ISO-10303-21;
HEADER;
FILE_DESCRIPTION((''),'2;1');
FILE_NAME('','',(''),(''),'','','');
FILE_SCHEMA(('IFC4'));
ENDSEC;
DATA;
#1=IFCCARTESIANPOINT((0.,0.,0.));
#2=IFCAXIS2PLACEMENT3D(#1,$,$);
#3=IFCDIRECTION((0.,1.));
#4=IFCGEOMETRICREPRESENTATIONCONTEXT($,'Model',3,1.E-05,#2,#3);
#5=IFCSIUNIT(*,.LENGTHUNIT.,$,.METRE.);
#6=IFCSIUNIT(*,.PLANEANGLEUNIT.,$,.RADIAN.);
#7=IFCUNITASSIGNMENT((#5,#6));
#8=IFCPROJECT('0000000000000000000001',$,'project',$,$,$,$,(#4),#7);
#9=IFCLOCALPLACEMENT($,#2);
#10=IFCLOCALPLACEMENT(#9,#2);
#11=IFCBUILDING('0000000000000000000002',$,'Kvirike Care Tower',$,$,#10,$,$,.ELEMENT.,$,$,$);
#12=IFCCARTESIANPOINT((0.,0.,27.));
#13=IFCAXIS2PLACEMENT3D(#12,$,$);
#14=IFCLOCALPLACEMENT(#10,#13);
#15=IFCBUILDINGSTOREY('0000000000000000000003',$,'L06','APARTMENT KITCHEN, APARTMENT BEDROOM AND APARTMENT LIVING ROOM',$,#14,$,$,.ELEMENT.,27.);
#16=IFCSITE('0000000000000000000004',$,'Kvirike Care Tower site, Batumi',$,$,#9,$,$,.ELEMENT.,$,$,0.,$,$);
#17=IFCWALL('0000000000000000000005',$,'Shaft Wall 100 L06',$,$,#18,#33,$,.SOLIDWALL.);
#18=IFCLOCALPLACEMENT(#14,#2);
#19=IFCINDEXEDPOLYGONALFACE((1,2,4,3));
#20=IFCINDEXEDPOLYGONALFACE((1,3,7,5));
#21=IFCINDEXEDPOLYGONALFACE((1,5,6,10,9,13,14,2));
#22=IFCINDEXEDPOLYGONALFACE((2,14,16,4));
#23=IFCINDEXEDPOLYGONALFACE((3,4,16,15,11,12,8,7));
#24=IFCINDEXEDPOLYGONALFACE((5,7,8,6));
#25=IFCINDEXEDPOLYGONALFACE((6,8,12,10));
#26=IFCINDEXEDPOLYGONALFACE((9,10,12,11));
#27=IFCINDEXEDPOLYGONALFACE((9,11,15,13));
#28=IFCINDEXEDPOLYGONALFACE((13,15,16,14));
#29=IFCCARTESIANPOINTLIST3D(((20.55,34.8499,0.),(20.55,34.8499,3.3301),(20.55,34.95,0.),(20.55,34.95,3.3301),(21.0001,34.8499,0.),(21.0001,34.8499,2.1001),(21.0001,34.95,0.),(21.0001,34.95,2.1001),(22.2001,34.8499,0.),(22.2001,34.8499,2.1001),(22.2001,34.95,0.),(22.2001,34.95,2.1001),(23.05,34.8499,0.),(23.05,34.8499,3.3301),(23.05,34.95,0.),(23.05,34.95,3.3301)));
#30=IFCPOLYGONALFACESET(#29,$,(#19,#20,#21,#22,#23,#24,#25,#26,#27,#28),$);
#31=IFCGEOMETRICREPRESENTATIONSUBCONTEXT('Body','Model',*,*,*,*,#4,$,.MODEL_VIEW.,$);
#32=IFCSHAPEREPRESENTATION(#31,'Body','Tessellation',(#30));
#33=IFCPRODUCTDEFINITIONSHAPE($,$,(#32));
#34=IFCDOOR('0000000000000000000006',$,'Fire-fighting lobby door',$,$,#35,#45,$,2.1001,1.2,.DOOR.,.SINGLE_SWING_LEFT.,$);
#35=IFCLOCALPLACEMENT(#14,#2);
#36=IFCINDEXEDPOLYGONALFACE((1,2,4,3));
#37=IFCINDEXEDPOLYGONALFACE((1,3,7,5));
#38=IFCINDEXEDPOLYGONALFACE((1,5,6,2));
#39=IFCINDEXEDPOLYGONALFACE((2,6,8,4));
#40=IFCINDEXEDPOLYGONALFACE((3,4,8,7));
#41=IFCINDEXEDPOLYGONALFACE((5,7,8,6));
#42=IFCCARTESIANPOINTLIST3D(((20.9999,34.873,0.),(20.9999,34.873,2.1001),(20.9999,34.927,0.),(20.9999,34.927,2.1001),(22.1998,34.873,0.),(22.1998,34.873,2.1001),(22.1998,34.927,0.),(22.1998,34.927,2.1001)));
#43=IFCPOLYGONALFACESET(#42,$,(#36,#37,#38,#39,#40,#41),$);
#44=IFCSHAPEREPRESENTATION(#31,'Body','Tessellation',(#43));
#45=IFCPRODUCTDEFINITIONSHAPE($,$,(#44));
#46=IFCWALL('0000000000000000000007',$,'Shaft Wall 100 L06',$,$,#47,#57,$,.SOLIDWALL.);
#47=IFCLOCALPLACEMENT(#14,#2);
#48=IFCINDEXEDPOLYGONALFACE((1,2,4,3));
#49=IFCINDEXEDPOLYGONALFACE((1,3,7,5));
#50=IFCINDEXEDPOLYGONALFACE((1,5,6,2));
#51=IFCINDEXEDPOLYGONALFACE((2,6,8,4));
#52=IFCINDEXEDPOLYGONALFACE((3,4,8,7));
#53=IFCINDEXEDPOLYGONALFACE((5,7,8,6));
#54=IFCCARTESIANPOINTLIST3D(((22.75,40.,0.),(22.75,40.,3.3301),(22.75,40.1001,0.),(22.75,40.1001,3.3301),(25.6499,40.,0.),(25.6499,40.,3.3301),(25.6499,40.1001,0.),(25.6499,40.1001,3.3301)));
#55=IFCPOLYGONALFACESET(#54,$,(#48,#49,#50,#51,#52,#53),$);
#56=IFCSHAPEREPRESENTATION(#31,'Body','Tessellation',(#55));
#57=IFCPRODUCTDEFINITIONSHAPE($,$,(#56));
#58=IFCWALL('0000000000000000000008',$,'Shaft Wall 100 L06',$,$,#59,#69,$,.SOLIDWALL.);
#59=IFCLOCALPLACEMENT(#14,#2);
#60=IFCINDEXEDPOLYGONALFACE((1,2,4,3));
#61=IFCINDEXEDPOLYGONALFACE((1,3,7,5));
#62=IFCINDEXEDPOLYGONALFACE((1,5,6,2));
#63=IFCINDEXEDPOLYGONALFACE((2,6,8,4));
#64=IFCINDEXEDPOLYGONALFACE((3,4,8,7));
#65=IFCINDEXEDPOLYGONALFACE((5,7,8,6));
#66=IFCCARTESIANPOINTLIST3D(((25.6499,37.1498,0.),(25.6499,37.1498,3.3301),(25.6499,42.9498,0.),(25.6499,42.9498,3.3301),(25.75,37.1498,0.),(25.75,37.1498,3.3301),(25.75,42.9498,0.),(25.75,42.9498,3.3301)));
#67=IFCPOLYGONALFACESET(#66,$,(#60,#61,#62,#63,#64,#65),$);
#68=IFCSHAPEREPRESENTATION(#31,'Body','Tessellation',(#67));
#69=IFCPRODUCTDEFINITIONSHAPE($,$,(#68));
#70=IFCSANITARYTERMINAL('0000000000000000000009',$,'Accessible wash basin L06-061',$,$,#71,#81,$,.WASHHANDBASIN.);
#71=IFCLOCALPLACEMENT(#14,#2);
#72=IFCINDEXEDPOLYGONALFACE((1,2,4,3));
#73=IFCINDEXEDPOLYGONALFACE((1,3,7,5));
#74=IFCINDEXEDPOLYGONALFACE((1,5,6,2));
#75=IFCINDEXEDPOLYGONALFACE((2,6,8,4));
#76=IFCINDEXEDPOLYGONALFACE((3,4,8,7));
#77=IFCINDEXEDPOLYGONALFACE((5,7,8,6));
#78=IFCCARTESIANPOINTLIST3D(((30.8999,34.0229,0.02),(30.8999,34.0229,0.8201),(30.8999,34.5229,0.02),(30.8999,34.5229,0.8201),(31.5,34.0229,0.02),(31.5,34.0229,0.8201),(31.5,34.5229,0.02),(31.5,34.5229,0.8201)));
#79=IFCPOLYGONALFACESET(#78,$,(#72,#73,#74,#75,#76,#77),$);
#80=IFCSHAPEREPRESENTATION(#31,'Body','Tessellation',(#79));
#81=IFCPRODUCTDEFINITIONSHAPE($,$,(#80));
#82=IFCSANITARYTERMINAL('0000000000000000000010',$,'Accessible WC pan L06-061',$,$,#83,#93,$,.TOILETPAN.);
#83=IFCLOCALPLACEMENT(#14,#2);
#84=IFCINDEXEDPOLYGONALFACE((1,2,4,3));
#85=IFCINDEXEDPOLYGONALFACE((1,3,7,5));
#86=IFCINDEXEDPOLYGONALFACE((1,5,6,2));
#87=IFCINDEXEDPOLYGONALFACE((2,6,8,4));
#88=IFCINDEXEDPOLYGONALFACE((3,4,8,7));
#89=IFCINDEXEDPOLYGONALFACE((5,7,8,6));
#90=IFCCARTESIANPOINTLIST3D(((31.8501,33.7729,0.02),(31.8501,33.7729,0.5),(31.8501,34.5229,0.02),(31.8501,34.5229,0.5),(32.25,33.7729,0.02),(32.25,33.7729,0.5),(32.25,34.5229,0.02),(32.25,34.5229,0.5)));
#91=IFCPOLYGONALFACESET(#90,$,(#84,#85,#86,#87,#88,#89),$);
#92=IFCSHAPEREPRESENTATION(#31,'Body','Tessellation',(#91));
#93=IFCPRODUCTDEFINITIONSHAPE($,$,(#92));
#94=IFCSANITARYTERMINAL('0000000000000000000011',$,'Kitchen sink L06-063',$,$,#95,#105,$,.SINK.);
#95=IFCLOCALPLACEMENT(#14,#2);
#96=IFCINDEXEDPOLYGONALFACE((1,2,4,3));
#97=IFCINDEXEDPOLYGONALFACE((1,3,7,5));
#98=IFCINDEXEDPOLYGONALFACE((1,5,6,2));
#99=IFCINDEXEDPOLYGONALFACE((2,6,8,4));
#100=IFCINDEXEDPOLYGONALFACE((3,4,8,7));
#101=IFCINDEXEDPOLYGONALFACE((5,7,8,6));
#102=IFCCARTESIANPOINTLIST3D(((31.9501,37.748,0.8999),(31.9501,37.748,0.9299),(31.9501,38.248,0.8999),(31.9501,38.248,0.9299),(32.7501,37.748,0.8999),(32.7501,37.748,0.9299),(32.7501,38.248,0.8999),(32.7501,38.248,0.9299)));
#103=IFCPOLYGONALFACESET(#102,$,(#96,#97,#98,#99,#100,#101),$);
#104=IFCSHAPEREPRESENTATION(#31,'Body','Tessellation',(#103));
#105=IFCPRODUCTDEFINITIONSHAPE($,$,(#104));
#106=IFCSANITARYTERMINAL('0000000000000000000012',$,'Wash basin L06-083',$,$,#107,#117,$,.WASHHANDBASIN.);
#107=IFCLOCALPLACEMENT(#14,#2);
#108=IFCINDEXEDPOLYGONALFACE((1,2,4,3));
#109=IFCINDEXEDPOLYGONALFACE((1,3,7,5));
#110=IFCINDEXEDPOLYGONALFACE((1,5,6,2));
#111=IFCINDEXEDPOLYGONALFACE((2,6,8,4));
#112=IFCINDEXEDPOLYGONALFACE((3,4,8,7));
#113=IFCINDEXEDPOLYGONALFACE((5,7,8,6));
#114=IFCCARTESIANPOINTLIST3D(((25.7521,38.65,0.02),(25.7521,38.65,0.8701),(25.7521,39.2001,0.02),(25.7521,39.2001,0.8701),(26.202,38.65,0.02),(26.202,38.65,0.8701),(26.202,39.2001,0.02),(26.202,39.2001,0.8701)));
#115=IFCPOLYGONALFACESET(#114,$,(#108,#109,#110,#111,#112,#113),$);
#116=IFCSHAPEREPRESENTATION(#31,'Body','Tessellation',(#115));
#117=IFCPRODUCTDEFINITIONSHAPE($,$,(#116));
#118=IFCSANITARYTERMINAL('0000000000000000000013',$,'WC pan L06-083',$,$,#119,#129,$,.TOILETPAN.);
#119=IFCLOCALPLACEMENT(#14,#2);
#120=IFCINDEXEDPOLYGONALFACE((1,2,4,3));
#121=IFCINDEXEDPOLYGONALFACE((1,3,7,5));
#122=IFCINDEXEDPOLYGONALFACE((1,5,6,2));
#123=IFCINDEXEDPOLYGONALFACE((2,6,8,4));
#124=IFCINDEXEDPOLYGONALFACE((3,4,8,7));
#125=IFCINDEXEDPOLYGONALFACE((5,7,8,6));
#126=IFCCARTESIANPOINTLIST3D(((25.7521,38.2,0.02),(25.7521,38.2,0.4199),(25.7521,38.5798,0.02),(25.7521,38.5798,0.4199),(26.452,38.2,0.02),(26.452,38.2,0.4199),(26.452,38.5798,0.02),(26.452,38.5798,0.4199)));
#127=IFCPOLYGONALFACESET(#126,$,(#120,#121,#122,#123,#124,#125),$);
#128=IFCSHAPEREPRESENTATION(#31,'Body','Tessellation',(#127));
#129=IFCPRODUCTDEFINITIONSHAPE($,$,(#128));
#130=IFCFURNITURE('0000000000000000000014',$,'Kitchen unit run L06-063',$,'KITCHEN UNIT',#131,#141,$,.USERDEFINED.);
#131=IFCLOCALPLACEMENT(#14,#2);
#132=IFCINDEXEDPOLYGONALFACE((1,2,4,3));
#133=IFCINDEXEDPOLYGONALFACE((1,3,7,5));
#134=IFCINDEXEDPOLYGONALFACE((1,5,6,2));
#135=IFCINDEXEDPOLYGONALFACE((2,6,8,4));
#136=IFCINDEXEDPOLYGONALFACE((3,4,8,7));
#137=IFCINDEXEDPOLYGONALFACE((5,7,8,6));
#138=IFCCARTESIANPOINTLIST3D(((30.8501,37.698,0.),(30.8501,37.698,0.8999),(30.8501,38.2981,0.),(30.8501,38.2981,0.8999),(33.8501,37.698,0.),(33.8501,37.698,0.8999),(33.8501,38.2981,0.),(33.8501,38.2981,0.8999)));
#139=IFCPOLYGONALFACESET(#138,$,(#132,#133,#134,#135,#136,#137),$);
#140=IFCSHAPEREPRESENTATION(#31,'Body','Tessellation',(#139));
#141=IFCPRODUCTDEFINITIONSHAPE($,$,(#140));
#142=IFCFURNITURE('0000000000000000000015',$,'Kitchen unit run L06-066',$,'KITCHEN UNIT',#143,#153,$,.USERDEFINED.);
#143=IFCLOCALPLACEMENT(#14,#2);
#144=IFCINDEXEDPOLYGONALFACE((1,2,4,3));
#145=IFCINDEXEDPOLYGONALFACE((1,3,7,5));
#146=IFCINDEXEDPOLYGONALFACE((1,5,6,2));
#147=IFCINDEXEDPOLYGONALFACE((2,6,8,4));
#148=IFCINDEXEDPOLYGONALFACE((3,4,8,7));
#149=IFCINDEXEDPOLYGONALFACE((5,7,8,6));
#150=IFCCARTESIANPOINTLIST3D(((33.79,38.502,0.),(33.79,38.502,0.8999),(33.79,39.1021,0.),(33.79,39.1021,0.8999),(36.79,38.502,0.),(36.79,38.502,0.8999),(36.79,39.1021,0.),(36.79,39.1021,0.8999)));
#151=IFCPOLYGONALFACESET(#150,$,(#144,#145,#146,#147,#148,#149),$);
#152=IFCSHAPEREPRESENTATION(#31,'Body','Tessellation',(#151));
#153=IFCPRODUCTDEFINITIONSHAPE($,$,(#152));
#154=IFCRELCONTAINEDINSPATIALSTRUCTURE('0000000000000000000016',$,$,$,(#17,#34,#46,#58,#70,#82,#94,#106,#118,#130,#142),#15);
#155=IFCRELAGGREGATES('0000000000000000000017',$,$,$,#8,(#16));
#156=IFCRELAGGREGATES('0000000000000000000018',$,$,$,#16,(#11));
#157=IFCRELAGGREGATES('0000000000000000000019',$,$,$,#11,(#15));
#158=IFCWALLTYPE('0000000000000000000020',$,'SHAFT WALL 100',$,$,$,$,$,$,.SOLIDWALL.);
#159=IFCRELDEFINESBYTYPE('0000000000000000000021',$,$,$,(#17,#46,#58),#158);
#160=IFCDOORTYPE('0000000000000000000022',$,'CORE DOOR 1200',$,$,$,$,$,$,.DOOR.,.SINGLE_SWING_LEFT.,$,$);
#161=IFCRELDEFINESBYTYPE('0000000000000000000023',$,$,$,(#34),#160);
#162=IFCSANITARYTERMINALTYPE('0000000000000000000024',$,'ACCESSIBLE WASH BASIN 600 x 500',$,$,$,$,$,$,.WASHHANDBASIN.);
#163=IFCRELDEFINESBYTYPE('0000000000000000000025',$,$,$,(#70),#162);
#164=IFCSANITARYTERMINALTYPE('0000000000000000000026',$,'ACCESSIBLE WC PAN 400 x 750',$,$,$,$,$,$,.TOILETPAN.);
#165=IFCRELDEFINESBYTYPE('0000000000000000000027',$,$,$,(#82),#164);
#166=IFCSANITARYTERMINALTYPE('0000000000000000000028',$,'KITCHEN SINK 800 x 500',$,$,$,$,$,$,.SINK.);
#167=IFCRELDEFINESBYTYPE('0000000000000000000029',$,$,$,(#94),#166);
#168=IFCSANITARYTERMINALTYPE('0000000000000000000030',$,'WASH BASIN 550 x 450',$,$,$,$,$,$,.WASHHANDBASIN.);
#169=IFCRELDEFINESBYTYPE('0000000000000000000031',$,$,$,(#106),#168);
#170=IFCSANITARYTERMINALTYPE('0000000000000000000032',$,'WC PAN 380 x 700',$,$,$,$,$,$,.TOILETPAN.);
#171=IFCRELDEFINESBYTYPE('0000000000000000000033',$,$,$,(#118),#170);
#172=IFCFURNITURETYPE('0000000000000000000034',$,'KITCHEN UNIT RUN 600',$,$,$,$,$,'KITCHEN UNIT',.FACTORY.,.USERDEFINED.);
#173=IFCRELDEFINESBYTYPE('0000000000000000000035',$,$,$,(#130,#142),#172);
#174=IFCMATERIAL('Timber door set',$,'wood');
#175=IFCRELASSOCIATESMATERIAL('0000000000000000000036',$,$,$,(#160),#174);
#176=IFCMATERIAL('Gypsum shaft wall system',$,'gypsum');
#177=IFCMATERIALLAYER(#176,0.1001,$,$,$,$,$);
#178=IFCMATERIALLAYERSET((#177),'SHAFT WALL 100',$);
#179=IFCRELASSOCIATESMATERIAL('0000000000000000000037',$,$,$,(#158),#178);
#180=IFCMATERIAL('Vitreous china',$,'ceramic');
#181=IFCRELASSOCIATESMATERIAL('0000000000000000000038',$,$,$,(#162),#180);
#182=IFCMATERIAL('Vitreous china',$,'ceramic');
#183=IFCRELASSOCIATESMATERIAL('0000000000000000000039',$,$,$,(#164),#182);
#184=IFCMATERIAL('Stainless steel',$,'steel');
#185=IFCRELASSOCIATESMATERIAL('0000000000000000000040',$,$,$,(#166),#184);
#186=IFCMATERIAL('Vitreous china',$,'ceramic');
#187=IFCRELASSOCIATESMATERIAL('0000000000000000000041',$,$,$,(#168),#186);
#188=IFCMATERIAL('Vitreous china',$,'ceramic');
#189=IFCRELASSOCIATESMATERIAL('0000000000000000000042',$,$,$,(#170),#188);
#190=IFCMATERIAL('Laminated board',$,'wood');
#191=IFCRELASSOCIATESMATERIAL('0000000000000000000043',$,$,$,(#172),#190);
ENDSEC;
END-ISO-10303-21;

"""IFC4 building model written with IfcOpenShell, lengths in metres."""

from ifc_helpers import new_model, si_unit, direction, frame, frame_2d, origin, origin_2d, place, context, subcontext, project, spatial, rectangle, extrude, material, layer, layer_set, type_object, element, fill, save


model = new_model("IFC4")

# Units and contexts
model_context = context("Model", 3, precision=1e-05, world=origin(), true_north=direction((0.0, 1.0)))
body_context = subcontext(model_context, "Body", "Model", "MODEL_VIEW")
ifc_project = project(units=[si_unit("LENGTHUNIT", "METRE"), si_unit("PLANEANGLEUNIT", "RADIAN")], contexts=[model_context])

# Site, building, storey
site_placement = place(None, origin())
site = spatial("IfcSite", under=ifc_project, at=site_placement, Name="Kvirike Care Tower site, Batumi", CompositionType="ELEMENT", RefElevation=0.0)
building_placement = place(site_placement, origin())
building = spatial("IfcBuilding", under=site, at=building_placement, Name="Kvirike Care Tower", CompositionType="ELEMENT")
storey_placement = place(building_placement, frame((0.0, 0.0, 27.0)))
storey = spatial("IfcBuildingStorey", under=building, at=storey_placement, Name="L06", Description="APARTMENT KITCHEN, APARTMENT BEDROOM AND APARTMENT LIVING ROOM", CompositionType="ELEMENT", Elevation=27.0)

# Shared definitions
ifc_material_1 = material(Name="Timber door set", Category="wood")
door_type_1 = type_object("IfcDoorType", Name="CORE DOOR 1200", OperationType="SINGLE_SWING_LEFT", PredefinedType="DOOR", material=ifc_material_1)

# Shared definitions
ifc_material_2 = material(Name="Gypsum shaft wall system", Category="gypsum")
ifc_layer_1 = layer(ifc_material_2, 0.1001)
ifc_layer_set_1 = layer_set([ifc_layer_1], Name="SHAFT WALL 100")
wall_type_1 = type_object("IfcWallType", Name="SHAFT WALL 100", PredefinedType="SOLIDWALL", material=ifc_layer_set_1)

# Wall, opening, door
wall_1_placement = place(storey_placement, frame((20.55, 34.8999, 0.0), z_axis=(0.0, 0.0, 1.0), x_axis=(1.0, 0.0, 0.0)))
wall_1 = element("IfcWall", 1, at=wall_1_placement, inside=storey, type_object=wall_type_1, Name="Shaft Wall 100 L06", PredefinedType="SOLIDWALL", context=body_context, shape_type="SweptSolid", body=[
    extrude(rectangle(XDim=2.5, YDim=0.1001, at=frame_2d((1.25, 0.0))), origin(), (0.0, 0.0, 1.0), 3.3301),
])
opening_1_placement = place(wall_1_placement, frame((0.45, 0.0, 0.0)))
opening_1 = element("IfcOpeningElement", 2, at=opening_1_placement, cuts=wall_1, PredefinedType="OPENING", context=body_context, shape_type="SweptSolid", body=[
    extrude(rectangle(XDim=1.2, YDim=2.1001, at=frame_2d((0.6001, 1.05))), frame((0.0, 0.0605, 0.0), z_axis=(0.0, -1.0, 0.0), x_axis=(1.0, 0.0, 0.0)), (0.0, 0.0, 1.0), 0.1211),
])
door_1_placement = place(opening_1_placement, frame((1.2, 0.0, 0.0), z_axis=(0.0, 0.0, 1.0), x_axis=(-1.0, 0.0, 0.0)))
door_1 = element("IfcDoor", 3, at=door_1_placement, inside=storey, type_object=door_type_1, Name="Fire-fighting lobby door", OperationType="SINGLE_SWING_LEFT", OverallHeight=2.1001, OverallWidth=1.2, PredefinedType="DOOR", context=body_context, shape_type="SweptSolid", body=[
    extrude(rectangle(XDim=1.2, YDim=2.1001, at=frame_2d((0.6001, 1.05))), frame((0.0, 0.0269, 0.0), z_axis=(0.0, -1.0, 0.0), x_axis=(1.0, 0.0, 0.0)), (0.0, 0.0, 1.0), 0.054),
])
fill(opening_1, door_1)

# Walls
wall_2_placement = place(storey_placement, frame((22.75, 40.05, 0.0), z_axis=(0.0, 0.0, 1.0), x_axis=(1.0, 0.0, 0.0)))
element("IfcWall", 4, at=wall_2_placement, inside=storey, type_object=wall_type_1, Name="Shaft Wall 100 L06", PredefinedType="SOLIDWALL", context=body_context, shape_type="SweptSolid", body=[
    extrude(rectangle(XDim=2.8999, YDim=0.1001, at=frame_2d((1.45, 0.0))), origin(), (0.0, 0.0, 1.0), 3.3301),
])
wall_3_placement = place(storey_placement, frame((25.7, 37.1499, 0.0), z_axis=(0.0, 0.0, 1.0), x_axis=(0.0, 1.0, 0.0)))
element("IfcWall", 5, at=wall_3_placement, inside=storey, type_object=wall_type_1, Name="Shaft Wall 100 L06", PredefinedType="SOLIDWALL", context=body_context, shape_type="SweptSolid", body=[
    extrude(rectangle(XDim=5.8, YDim=0.1001, at=frame_2d((2.8999, 0.0))), origin(), (0.0, 0.0, 1.0), 3.3301),
])

# Sanitary terminals
ifc_material_3 = material(Name="Vitreous china", Category="ceramic")
sanitary_terminal_type_1 = type_object("IfcSanitaryTerminalType", Name="ACCESSIBLE WASH BASIN 600 x 500", PredefinedType="WASHHANDBASIN", material=ifc_material_3)
sanitary_terminal_1_placement = place(storey_placement, frame((31.2, 34.2729, 0.02), z_axis=(0.0, 0.0, 1.0), x_axis=(1.0, 0.0, 0.0)))
element("IfcSanitaryTerminal", 6, at=sanitary_terminal_1_placement, inside=storey, type_object=sanitary_terminal_type_1, Name="Accessible wash basin L06-061", PredefinedType="WASHHANDBASIN", context=body_context, shape_type="SweptSolid", body=[
    extrude(rectangle(XDim=0.6001, YDim=0.5, at=origin_2d()), origin(), (0.0, 0.0, 1.0), 0.8),
])
ifc_material_4 = material(Name="Vitreous china", Category="ceramic")
sanitary_terminal_type_2 = type_object("IfcSanitaryTerminalType", Name="ACCESSIBLE WC PAN 400 x 750", PredefinedType="TOILETPAN", material=ifc_material_4)
sanitary_terminal_2_placement = place(storey_placement, frame((32.05, 34.1479, 0.02), z_axis=(0.0, 0.0, 1.0), x_axis=(1.0, 0.0, 0.0)))
element("IfcSanitaryTerminal", 7, at=sanitary_terminal_2_placement, inside=storey, type_object=sanitary_terminal_type_2, Name="Accessible WC pan L06-061", PredefinedType="TOILETPAN", context=body_context, shape_type="SweptSolid", body=[
    extrude(rectangle(XDim=0.3999, YDim=0.75, at=origin_2d()), origin(), (0.0, 0.0, 1.0), 0.48),
])
ifc_material_5 = material(Name="Stainless steel", Category="steel")
sanitary_terminal_type_3 = type_object("IfcSanitaryTerminalType", Name="KITCHEN SINK 800 x 500", PredefinedType="SINK", material=ifc_material_5)
sanitary_terminal_3_placement = place(storey_placement, frame((32.3501, 37.998, 0.8999), z_axis=(0.0, 0.0, 1.0), x_axis=(1.0, 0.0, 0.0)))
element("IfcSanitaryTerminal", 8, at=sanitary_terminal_3_placement, inside=storey, type_object=sanitary_terminal_type_3, Name="Kitchen sink L06-063", PredefinedType="SINK", context=body_context, shape_type="SweptSolid", body=[
    extrude(rectangle(XDim=0.8, YDim=0.5, at=origin_2d()), origin(), (0.0, 0.0, 1.0), 0.03),
])
ifc_material_6 = material(Name="Vitreous china", Category="ceramic")
sanitary_terminal_type_4 = type_object("IfcSanitaryTerminalType", Name="WASH BASIN 550 x 450", PredefinedType="WASHHANDBASIN", material=ifc_material_6)
sanitary_terminal_4_placement = place(storey_placement, frame((25.9771, 38.925, 0.02), z_axis=(0.0, 0.0, 1.0), x_axis=(0.0, 1.0, 0.0)))
element("IfcSanitaryTerminal", 9, at=sanitary_terminal_4_placement, inside=storey, type_object=sanitary_terminal_type_4, Name="Wash basin L06-083", PredefinedType="WASHHANDBASIN", context=body_context, shape_type="SweptSolid", body=[
    extrude(rectangle(XDim=0.55, YDim=0.45, at=origin_2d()), origin(), (0.0, 0.0, 1.0), 0.8501),
])
ifc_material_7 = material(Name="Vitreous china", Category="ceramic")
sanitary_terminal_type_5 = type_object("IfcSanitaryTerminalType", Name="WC PAN 380 x 700", PredefinedType="TOILETPAN", material=ifc_material_7)
sanitary_terminal_5_placement = place(storey_placement, frame((26.1021, 38.3899, 0.02), z_axis=(0.0, 0.0, 1.0), x_axis=(0.0, 1.0, 0.0)))
element("IfcSanitaryTerminal", 10, at=sanitary_terminal_5_placement, inside=storey, type_object=sanitary_terminal_type_5, Name="WC pan L06-083", PredefinedType="TOILETPAN", context=body_context, shape_type="SweptSolid", body=[
    extrude(rectangle(XDim=0.3799, YDim=0.7, at=origin_2d()), origin(), (0.0, 0.0, 1.0), 0.3999),
])

# Furniture
ifc_material_8 = material(Name="Laminated board", Category="wood")
furniture_type = type_object("IfcFurnitureType", Name="KITCHEN UNIT RUN 600", ElementType="KITCHEN UNIT", AssemblyPlace="FACTORY", PredefinedType="USERDEFINED", material=ifc_material_8)
for number, where, z_axis, x_axis, name in (
    (11, (32.3501, 37.998, 0.0), (0.0, 0.0, 1.0), (1.0, 0.0, 0.0), "Kitchen unit run L06-063"),
    (12, (35.29, 38.802, 0.0), (0.0, 0.0, 1.0), (-1.0, 0.0, 0.0), "Kitchen unit run L06-066"),
):
    element("IfcFurniture", number, at=place(storey_placement, frame(where, z_axis=z_axis, x_axis=x_axis)), inside=storey, type_object=furniture_type, Name=name, ObjectType="KITCHEN UNIT", PredefinedType="USERDEFINED", context=body_context, shape_type="SweptSolid", body=[
        extrude(rectangle(XDim=3.0, YDim=0.6001, at=origin_2d()), origin(), (0.0, 0.0, 1.0), 0.8999),
    ])

save(model, "model.ifc")
